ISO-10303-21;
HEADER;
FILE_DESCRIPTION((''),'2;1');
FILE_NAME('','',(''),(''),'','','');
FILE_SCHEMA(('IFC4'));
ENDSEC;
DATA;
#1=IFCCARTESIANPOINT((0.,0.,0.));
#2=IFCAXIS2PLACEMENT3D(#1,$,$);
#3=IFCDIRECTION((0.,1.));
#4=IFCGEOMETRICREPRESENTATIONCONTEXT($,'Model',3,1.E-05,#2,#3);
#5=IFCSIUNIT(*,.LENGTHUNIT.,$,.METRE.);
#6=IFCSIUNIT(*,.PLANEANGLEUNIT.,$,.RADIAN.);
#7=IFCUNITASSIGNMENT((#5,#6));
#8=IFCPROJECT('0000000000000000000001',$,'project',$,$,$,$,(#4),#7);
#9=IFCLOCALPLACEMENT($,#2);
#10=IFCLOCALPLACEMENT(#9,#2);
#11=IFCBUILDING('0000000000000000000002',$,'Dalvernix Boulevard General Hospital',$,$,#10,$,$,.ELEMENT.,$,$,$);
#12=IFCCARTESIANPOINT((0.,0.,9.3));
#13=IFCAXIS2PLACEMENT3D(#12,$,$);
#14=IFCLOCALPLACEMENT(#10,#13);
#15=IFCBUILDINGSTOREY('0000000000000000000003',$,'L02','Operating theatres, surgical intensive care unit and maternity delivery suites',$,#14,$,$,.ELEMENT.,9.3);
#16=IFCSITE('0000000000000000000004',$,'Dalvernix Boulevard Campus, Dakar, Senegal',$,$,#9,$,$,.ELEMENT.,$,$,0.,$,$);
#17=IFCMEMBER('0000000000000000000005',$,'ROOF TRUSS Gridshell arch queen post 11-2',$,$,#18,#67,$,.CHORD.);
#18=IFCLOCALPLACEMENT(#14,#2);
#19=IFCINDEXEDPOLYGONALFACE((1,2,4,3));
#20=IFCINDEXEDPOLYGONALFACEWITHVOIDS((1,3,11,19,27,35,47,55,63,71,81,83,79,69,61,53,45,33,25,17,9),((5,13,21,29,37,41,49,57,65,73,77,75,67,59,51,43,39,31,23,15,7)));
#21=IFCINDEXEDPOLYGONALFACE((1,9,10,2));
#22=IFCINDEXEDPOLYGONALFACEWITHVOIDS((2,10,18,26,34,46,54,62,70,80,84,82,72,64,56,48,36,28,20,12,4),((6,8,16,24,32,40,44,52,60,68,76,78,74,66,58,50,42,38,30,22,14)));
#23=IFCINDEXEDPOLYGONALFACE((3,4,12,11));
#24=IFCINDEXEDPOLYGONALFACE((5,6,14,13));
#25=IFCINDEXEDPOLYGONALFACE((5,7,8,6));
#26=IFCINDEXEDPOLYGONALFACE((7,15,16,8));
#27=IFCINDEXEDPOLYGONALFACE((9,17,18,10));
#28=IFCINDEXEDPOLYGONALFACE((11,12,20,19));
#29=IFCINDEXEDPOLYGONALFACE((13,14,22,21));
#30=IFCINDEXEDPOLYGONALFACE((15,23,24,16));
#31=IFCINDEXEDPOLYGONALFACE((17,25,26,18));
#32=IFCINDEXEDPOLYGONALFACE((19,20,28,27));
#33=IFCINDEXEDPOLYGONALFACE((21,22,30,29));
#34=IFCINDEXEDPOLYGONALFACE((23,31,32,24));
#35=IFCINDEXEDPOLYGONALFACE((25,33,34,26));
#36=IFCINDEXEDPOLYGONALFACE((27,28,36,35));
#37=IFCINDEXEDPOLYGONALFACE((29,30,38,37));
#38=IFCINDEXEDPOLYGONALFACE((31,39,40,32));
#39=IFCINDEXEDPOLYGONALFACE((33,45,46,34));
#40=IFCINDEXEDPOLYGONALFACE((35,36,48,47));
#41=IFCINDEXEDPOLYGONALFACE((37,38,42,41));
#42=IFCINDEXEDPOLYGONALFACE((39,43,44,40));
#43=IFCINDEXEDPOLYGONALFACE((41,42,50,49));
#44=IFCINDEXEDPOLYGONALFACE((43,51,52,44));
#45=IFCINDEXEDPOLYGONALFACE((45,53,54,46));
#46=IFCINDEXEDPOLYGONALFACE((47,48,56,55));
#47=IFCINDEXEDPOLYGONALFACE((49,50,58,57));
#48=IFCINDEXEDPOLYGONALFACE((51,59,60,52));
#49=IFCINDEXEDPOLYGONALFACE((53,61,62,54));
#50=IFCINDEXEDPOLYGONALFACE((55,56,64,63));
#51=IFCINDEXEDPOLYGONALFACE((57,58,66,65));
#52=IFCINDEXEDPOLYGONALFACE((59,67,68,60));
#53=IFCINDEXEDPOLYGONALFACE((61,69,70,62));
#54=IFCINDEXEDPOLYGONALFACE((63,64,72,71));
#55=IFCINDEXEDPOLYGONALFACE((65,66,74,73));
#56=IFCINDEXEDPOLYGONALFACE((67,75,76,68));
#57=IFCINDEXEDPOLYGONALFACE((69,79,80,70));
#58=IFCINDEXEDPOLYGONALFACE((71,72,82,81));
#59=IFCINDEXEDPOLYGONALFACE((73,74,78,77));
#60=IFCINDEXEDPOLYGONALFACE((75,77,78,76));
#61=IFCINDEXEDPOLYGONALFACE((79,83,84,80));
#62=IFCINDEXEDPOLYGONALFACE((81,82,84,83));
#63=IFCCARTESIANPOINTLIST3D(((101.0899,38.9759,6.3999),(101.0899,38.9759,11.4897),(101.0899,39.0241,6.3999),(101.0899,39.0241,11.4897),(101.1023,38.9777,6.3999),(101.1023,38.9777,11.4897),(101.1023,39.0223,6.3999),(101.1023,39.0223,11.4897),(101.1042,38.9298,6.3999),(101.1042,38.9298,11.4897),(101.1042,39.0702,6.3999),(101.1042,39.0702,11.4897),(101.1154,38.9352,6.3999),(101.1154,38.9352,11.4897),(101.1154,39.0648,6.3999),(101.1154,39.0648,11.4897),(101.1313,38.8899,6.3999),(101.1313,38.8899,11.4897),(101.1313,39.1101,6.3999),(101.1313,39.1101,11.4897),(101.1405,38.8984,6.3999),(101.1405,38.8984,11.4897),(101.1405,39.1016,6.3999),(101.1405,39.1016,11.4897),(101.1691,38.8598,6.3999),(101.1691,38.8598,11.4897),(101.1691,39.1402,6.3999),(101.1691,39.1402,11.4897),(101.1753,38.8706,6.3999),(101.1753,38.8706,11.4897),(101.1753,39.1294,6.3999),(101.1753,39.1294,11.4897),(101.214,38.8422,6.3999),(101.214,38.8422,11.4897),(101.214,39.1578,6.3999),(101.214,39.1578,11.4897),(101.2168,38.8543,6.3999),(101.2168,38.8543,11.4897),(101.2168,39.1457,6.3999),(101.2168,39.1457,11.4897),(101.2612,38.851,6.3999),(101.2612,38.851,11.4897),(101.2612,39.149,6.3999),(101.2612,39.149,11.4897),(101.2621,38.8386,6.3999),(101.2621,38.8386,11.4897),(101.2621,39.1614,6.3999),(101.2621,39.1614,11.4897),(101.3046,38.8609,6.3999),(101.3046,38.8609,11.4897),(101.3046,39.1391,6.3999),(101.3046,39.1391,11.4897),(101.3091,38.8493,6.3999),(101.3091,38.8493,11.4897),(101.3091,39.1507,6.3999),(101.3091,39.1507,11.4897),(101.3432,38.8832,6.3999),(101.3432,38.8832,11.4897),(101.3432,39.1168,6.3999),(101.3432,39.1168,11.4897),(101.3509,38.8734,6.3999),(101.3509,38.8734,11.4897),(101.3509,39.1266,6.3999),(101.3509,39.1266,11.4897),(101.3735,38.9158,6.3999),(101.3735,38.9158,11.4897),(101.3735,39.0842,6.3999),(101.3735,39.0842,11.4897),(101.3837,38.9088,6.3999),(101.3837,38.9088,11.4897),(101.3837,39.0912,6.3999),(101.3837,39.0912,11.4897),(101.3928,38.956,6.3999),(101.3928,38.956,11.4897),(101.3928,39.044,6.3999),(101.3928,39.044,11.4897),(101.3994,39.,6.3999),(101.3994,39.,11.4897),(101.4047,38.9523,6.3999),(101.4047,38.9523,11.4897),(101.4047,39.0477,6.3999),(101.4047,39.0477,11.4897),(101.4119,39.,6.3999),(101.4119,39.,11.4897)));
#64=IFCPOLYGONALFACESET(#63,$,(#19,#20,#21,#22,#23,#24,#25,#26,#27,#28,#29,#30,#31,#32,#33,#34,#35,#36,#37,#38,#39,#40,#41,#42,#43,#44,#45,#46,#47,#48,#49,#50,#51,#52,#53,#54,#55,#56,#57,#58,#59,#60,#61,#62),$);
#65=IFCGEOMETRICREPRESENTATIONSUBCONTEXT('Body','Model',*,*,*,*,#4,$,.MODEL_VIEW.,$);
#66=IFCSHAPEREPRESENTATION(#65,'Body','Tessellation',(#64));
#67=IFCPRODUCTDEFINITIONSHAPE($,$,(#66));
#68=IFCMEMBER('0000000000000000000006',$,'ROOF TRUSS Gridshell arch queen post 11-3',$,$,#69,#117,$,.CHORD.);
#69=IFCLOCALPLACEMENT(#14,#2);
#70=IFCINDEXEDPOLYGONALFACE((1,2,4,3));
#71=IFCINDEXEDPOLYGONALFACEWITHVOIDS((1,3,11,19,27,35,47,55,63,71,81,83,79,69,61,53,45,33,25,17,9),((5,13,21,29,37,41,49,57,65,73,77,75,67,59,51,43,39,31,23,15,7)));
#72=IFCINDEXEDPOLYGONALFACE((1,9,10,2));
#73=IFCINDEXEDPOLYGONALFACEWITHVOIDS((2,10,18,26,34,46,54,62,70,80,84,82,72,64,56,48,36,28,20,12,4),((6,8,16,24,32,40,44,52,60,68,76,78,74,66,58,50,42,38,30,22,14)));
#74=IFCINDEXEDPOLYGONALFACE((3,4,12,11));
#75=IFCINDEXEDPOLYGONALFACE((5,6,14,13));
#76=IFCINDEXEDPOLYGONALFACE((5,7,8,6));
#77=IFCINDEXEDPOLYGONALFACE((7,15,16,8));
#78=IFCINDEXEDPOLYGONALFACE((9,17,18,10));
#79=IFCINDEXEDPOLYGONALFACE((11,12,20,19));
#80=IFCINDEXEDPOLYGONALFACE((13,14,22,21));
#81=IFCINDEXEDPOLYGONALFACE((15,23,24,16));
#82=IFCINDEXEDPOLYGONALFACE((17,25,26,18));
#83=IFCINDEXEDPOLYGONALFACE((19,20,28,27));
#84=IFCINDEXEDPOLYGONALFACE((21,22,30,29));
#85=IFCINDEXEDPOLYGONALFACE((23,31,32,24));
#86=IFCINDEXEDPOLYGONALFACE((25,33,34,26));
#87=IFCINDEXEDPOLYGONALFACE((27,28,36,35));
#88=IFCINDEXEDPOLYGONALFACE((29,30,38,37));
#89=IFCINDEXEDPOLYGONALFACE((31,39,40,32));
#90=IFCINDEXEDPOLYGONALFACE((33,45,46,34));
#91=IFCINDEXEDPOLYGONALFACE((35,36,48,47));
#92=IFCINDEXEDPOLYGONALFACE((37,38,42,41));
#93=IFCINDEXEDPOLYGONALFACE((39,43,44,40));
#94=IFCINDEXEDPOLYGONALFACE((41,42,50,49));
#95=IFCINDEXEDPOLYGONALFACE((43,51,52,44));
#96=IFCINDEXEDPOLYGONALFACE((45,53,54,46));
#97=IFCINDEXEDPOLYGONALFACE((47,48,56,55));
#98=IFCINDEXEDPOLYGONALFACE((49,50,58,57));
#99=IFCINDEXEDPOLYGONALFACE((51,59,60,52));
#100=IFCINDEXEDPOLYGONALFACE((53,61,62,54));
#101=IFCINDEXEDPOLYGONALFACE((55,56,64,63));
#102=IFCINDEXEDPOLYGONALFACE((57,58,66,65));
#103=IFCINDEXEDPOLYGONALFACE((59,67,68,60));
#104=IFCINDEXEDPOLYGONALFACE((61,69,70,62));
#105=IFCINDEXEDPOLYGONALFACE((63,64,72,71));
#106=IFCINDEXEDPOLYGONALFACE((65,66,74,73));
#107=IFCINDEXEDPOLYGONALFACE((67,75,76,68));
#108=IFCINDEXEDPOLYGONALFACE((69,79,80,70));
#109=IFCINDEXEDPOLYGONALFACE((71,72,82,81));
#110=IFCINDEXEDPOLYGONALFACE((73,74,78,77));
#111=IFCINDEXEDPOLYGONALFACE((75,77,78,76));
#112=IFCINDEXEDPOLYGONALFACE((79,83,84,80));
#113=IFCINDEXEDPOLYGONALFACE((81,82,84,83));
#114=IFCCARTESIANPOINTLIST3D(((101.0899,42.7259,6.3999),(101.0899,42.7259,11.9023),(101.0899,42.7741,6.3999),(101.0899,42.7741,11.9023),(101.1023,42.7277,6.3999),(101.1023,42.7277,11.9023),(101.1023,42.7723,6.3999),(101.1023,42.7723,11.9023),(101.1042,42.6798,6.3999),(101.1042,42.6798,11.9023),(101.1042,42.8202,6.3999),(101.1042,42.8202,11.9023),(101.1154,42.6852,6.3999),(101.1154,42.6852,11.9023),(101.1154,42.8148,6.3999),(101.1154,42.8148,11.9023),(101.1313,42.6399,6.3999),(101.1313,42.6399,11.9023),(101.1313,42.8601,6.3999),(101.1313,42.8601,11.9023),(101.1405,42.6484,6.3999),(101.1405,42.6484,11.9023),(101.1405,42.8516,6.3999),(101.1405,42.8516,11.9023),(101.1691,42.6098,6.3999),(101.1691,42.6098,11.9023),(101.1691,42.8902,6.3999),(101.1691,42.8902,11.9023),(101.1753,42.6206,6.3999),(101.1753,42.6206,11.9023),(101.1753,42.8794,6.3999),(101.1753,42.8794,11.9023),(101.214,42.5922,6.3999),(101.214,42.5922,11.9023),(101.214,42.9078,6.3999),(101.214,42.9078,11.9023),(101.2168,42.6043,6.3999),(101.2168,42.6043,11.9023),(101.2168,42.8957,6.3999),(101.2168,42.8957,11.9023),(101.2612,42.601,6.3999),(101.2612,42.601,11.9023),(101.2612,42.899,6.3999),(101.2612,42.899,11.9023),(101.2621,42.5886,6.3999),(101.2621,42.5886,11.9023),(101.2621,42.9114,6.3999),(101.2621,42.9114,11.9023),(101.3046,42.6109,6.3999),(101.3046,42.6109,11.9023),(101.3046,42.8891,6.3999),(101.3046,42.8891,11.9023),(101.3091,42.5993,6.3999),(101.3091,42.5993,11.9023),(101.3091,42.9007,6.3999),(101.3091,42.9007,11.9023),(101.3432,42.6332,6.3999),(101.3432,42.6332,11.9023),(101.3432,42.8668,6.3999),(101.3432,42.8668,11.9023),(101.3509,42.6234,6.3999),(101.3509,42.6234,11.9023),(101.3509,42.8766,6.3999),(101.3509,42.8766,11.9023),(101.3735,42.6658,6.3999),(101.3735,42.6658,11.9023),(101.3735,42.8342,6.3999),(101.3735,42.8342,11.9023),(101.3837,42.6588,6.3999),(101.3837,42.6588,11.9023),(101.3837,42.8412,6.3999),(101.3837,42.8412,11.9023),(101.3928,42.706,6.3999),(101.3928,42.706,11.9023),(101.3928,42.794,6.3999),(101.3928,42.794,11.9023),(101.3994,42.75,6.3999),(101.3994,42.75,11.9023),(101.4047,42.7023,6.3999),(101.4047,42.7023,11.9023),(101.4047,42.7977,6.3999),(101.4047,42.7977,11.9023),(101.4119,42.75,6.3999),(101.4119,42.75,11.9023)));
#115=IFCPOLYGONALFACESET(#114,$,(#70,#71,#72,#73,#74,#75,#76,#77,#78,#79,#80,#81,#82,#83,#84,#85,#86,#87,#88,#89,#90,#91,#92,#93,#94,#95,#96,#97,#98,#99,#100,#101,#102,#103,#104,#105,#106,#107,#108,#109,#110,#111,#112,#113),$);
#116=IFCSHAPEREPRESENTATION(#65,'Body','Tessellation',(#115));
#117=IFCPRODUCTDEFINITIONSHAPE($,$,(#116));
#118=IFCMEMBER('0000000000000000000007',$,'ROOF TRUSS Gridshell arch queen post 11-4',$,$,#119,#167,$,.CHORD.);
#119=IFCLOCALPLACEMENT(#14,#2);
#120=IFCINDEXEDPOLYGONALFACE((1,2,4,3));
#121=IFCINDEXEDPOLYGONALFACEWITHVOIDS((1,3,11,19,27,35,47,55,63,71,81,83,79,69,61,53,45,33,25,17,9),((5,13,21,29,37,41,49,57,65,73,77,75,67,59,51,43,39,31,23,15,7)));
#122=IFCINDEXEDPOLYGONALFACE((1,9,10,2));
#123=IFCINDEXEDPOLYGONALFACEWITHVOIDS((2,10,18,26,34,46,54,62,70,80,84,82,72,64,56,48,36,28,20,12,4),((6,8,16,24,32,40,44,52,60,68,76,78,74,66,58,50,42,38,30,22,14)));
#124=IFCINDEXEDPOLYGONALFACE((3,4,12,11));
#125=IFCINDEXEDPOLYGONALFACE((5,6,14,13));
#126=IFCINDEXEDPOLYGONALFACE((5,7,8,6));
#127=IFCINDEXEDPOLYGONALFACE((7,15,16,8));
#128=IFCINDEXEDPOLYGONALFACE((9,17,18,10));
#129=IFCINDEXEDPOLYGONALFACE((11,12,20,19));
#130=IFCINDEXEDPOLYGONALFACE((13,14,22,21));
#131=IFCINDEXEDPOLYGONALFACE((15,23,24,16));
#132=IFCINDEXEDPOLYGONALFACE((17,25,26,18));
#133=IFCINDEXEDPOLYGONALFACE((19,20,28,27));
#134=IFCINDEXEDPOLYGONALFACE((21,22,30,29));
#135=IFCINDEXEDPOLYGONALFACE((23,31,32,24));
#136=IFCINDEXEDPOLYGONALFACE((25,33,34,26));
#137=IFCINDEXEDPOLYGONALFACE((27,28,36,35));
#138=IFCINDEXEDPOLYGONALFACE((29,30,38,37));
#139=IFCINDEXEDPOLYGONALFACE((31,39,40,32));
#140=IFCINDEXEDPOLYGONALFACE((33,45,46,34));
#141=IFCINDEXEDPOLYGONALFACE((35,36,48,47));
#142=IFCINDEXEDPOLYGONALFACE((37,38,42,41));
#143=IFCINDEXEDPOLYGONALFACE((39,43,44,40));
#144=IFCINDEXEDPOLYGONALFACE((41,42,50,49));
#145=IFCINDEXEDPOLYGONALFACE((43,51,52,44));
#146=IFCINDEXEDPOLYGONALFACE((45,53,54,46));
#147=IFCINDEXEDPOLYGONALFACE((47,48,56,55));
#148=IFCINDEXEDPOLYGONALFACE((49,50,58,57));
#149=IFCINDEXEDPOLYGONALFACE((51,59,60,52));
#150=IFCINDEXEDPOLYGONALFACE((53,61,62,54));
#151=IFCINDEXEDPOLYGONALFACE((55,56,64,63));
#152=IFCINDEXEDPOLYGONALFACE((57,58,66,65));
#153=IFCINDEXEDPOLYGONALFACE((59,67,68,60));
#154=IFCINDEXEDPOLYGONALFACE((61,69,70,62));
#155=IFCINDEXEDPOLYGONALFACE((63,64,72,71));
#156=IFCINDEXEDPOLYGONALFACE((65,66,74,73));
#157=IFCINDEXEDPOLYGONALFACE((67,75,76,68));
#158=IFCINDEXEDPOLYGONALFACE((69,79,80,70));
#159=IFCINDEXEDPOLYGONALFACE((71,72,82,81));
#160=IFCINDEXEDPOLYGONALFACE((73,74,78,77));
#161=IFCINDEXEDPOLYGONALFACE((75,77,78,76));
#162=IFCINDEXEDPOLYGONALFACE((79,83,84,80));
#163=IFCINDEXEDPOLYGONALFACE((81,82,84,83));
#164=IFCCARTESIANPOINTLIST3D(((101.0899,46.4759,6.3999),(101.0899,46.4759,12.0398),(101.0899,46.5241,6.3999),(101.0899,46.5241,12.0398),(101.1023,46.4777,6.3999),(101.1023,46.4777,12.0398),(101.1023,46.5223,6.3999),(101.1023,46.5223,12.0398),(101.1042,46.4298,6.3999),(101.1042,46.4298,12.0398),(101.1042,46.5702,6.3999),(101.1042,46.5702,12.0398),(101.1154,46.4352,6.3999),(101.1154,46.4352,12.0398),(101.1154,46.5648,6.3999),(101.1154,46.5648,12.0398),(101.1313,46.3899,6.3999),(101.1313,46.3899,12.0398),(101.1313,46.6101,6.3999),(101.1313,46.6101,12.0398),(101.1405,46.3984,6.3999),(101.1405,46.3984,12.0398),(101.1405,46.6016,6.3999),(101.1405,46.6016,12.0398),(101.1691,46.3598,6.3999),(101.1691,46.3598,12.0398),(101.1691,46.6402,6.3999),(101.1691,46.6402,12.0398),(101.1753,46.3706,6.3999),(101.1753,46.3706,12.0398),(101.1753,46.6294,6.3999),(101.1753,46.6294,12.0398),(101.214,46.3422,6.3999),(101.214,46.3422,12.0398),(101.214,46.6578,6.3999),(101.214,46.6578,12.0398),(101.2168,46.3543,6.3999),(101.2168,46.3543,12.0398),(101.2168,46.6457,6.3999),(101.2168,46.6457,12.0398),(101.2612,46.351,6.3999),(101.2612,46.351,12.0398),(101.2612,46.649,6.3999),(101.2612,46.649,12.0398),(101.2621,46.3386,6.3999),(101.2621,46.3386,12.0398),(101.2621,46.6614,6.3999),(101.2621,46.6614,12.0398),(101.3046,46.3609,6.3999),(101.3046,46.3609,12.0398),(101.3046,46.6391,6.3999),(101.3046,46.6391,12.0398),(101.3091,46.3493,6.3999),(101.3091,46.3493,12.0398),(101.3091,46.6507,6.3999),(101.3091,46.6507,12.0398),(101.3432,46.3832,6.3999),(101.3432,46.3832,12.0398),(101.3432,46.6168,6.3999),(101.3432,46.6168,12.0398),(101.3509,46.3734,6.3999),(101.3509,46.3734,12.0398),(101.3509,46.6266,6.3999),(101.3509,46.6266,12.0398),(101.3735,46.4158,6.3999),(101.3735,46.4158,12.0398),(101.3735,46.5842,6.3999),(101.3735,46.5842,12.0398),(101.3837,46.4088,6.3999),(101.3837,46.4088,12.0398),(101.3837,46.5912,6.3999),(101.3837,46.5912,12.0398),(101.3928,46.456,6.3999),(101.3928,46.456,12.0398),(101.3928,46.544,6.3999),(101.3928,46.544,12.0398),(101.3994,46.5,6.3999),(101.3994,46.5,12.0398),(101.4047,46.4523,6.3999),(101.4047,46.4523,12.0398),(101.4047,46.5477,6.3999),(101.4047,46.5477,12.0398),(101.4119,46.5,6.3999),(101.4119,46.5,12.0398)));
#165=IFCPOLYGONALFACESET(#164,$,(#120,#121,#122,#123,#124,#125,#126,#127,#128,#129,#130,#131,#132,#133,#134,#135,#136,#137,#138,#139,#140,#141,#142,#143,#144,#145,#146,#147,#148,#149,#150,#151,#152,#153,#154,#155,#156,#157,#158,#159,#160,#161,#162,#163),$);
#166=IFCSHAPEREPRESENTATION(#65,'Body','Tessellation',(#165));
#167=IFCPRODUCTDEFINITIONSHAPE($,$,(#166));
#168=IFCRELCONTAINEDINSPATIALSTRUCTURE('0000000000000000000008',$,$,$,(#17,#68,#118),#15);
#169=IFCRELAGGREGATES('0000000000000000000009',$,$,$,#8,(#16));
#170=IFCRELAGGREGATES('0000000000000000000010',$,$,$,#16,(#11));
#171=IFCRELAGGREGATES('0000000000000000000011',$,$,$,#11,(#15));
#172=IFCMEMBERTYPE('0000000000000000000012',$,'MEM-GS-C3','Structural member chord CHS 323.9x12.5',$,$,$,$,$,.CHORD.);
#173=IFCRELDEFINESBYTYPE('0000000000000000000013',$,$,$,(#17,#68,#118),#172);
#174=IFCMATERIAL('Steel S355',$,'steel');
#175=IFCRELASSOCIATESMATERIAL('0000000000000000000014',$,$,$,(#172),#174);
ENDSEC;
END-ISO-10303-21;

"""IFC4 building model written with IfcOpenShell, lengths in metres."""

from ifc_helpers import new_model, si_unit, direction, frame, origin, origin_2d, place, context, subcontext, project, spatial, hollow_circle, extrude, material, material_profile, profile_set, type_object, element, save


model = new_model("IFC4")

# Units and contexts
model_context = context("Model", 3, precision=1e-05, world=origin(), true_north=direction((0.0, 1.0)))
body_context = subcontext(model_context, "Body", "Model", "MODEL_VIEW")
ifc_project = project(units=[si_unit("LENGTHUNIT", "METRE"), si_unit("PLANEANGLEUNIT", "RADIAN")], contexts=[model_context])

# Site, building, storey
site_placement = place(None, origin())
site = spatial("IfcSite", under=ifc_project, at=site_placement, Name="Dalvernix Boulevard Campus, Dakar, Senegal", CompositionType="ELEMENT", RefElevation=0.0)
building_placement = place(site_placement, origin())
building = spatial("IfcBuilding", under=site, at=building_placement, Name="Dalvernix Boulevard General Hospital", CompositionType="ELEMENT")
storey_placement = place(building_placement, frame((0.0, 0.0, 9.3)))
storey = spatial("IfcBuildingStorey", under=building, at=storey_placement, Name="L02", Description="Operating theatres, surgical intensive care unit and maternity delivery suites", CompositionType="ELEMENT", Elevation=9.3)

# Shared definitions
ifc_material_1 = material(Name="Steel S355", Category="steel")

# Members
ifc_material_profile_1 = material_profile(ifc_material_1, hollow_circle(Radius=0.1619, WallThickness=0.0125, at=origin_2d()), Name="CHS 323.9x12.5")
ifc_profile_set_1 = profile_set([ifc_material_profile_1], Name="Steel S355")
member_type_1 = type_object("IfcMemberType", Name="MEM-GS-C3", Description="Structural member chord CHS 323.9x12.5", PredefinedType="CHORD", material=ifc_profile_set_1)
member_1_placement = place(storey_placement, frame((101.25, 39.0, 6.3999), z_axis=(0.0, 0.0, 1.0), x_axis=(1.0, 0.0, 0.0)))
element("IfcMember", 1, at=member_1_placement, inside=storey, type_object=member_type_1, Name="ROOF TRUSS Gridshell arch queen post 11-2", PredefinedType="CHORD", context=body_context, shape_type="SweptSolid", body=[
    extrude(hollow_circle(Radius=0.1619, WallThickness=0.0125, at=origin_2d()), origin(), (0.0, 0.0, 1.0), 5.0898),
])
member_2_placement = place(storey_placement, frame((101.25, 42.75, 6.3999), z_axis=(0.0, 0.0, 1.0), x_axis=(1.0, 0.0, 0.0)))
element("IfcMember", 2, at=member_2_placement, inside=storey, type_object=member_type_1, Name="ROOF TRUSS Gridshell arch queen post 11-3", PredefinedType="CHORD", context=body_context, shape_type="SweptSolid", body=[
    extrude(hollow_circle(Radius=0.1619, WallThickness=0.0125, at=origin_2d()), origin(), (0.0, 0.0, 1.0), 5.5024),
])
member_3_placement = place(storey_placement, frame((101.25, 46.5, 6.3999), z_axis=(0.0, 0.0, 1.0), x_axis=(1.0, 0.0, 0.0)))
element("IfcMember", 3, at=member_3_placement, inside=storey, type_object=member_type_1, Name="ROOF TRUSS Gridshell arch queen post 11-4", PredefinedType="CHORD", context=body_context, shape_type="SweptSolid", body=[
    extrude(hollow_circle(Radius=0.1619, WallThickness=0.0125, at=origin_2d()), origin(), (0.0, 0.0, 1.0), 5.6399),
])

save(model, "model.ifc")
